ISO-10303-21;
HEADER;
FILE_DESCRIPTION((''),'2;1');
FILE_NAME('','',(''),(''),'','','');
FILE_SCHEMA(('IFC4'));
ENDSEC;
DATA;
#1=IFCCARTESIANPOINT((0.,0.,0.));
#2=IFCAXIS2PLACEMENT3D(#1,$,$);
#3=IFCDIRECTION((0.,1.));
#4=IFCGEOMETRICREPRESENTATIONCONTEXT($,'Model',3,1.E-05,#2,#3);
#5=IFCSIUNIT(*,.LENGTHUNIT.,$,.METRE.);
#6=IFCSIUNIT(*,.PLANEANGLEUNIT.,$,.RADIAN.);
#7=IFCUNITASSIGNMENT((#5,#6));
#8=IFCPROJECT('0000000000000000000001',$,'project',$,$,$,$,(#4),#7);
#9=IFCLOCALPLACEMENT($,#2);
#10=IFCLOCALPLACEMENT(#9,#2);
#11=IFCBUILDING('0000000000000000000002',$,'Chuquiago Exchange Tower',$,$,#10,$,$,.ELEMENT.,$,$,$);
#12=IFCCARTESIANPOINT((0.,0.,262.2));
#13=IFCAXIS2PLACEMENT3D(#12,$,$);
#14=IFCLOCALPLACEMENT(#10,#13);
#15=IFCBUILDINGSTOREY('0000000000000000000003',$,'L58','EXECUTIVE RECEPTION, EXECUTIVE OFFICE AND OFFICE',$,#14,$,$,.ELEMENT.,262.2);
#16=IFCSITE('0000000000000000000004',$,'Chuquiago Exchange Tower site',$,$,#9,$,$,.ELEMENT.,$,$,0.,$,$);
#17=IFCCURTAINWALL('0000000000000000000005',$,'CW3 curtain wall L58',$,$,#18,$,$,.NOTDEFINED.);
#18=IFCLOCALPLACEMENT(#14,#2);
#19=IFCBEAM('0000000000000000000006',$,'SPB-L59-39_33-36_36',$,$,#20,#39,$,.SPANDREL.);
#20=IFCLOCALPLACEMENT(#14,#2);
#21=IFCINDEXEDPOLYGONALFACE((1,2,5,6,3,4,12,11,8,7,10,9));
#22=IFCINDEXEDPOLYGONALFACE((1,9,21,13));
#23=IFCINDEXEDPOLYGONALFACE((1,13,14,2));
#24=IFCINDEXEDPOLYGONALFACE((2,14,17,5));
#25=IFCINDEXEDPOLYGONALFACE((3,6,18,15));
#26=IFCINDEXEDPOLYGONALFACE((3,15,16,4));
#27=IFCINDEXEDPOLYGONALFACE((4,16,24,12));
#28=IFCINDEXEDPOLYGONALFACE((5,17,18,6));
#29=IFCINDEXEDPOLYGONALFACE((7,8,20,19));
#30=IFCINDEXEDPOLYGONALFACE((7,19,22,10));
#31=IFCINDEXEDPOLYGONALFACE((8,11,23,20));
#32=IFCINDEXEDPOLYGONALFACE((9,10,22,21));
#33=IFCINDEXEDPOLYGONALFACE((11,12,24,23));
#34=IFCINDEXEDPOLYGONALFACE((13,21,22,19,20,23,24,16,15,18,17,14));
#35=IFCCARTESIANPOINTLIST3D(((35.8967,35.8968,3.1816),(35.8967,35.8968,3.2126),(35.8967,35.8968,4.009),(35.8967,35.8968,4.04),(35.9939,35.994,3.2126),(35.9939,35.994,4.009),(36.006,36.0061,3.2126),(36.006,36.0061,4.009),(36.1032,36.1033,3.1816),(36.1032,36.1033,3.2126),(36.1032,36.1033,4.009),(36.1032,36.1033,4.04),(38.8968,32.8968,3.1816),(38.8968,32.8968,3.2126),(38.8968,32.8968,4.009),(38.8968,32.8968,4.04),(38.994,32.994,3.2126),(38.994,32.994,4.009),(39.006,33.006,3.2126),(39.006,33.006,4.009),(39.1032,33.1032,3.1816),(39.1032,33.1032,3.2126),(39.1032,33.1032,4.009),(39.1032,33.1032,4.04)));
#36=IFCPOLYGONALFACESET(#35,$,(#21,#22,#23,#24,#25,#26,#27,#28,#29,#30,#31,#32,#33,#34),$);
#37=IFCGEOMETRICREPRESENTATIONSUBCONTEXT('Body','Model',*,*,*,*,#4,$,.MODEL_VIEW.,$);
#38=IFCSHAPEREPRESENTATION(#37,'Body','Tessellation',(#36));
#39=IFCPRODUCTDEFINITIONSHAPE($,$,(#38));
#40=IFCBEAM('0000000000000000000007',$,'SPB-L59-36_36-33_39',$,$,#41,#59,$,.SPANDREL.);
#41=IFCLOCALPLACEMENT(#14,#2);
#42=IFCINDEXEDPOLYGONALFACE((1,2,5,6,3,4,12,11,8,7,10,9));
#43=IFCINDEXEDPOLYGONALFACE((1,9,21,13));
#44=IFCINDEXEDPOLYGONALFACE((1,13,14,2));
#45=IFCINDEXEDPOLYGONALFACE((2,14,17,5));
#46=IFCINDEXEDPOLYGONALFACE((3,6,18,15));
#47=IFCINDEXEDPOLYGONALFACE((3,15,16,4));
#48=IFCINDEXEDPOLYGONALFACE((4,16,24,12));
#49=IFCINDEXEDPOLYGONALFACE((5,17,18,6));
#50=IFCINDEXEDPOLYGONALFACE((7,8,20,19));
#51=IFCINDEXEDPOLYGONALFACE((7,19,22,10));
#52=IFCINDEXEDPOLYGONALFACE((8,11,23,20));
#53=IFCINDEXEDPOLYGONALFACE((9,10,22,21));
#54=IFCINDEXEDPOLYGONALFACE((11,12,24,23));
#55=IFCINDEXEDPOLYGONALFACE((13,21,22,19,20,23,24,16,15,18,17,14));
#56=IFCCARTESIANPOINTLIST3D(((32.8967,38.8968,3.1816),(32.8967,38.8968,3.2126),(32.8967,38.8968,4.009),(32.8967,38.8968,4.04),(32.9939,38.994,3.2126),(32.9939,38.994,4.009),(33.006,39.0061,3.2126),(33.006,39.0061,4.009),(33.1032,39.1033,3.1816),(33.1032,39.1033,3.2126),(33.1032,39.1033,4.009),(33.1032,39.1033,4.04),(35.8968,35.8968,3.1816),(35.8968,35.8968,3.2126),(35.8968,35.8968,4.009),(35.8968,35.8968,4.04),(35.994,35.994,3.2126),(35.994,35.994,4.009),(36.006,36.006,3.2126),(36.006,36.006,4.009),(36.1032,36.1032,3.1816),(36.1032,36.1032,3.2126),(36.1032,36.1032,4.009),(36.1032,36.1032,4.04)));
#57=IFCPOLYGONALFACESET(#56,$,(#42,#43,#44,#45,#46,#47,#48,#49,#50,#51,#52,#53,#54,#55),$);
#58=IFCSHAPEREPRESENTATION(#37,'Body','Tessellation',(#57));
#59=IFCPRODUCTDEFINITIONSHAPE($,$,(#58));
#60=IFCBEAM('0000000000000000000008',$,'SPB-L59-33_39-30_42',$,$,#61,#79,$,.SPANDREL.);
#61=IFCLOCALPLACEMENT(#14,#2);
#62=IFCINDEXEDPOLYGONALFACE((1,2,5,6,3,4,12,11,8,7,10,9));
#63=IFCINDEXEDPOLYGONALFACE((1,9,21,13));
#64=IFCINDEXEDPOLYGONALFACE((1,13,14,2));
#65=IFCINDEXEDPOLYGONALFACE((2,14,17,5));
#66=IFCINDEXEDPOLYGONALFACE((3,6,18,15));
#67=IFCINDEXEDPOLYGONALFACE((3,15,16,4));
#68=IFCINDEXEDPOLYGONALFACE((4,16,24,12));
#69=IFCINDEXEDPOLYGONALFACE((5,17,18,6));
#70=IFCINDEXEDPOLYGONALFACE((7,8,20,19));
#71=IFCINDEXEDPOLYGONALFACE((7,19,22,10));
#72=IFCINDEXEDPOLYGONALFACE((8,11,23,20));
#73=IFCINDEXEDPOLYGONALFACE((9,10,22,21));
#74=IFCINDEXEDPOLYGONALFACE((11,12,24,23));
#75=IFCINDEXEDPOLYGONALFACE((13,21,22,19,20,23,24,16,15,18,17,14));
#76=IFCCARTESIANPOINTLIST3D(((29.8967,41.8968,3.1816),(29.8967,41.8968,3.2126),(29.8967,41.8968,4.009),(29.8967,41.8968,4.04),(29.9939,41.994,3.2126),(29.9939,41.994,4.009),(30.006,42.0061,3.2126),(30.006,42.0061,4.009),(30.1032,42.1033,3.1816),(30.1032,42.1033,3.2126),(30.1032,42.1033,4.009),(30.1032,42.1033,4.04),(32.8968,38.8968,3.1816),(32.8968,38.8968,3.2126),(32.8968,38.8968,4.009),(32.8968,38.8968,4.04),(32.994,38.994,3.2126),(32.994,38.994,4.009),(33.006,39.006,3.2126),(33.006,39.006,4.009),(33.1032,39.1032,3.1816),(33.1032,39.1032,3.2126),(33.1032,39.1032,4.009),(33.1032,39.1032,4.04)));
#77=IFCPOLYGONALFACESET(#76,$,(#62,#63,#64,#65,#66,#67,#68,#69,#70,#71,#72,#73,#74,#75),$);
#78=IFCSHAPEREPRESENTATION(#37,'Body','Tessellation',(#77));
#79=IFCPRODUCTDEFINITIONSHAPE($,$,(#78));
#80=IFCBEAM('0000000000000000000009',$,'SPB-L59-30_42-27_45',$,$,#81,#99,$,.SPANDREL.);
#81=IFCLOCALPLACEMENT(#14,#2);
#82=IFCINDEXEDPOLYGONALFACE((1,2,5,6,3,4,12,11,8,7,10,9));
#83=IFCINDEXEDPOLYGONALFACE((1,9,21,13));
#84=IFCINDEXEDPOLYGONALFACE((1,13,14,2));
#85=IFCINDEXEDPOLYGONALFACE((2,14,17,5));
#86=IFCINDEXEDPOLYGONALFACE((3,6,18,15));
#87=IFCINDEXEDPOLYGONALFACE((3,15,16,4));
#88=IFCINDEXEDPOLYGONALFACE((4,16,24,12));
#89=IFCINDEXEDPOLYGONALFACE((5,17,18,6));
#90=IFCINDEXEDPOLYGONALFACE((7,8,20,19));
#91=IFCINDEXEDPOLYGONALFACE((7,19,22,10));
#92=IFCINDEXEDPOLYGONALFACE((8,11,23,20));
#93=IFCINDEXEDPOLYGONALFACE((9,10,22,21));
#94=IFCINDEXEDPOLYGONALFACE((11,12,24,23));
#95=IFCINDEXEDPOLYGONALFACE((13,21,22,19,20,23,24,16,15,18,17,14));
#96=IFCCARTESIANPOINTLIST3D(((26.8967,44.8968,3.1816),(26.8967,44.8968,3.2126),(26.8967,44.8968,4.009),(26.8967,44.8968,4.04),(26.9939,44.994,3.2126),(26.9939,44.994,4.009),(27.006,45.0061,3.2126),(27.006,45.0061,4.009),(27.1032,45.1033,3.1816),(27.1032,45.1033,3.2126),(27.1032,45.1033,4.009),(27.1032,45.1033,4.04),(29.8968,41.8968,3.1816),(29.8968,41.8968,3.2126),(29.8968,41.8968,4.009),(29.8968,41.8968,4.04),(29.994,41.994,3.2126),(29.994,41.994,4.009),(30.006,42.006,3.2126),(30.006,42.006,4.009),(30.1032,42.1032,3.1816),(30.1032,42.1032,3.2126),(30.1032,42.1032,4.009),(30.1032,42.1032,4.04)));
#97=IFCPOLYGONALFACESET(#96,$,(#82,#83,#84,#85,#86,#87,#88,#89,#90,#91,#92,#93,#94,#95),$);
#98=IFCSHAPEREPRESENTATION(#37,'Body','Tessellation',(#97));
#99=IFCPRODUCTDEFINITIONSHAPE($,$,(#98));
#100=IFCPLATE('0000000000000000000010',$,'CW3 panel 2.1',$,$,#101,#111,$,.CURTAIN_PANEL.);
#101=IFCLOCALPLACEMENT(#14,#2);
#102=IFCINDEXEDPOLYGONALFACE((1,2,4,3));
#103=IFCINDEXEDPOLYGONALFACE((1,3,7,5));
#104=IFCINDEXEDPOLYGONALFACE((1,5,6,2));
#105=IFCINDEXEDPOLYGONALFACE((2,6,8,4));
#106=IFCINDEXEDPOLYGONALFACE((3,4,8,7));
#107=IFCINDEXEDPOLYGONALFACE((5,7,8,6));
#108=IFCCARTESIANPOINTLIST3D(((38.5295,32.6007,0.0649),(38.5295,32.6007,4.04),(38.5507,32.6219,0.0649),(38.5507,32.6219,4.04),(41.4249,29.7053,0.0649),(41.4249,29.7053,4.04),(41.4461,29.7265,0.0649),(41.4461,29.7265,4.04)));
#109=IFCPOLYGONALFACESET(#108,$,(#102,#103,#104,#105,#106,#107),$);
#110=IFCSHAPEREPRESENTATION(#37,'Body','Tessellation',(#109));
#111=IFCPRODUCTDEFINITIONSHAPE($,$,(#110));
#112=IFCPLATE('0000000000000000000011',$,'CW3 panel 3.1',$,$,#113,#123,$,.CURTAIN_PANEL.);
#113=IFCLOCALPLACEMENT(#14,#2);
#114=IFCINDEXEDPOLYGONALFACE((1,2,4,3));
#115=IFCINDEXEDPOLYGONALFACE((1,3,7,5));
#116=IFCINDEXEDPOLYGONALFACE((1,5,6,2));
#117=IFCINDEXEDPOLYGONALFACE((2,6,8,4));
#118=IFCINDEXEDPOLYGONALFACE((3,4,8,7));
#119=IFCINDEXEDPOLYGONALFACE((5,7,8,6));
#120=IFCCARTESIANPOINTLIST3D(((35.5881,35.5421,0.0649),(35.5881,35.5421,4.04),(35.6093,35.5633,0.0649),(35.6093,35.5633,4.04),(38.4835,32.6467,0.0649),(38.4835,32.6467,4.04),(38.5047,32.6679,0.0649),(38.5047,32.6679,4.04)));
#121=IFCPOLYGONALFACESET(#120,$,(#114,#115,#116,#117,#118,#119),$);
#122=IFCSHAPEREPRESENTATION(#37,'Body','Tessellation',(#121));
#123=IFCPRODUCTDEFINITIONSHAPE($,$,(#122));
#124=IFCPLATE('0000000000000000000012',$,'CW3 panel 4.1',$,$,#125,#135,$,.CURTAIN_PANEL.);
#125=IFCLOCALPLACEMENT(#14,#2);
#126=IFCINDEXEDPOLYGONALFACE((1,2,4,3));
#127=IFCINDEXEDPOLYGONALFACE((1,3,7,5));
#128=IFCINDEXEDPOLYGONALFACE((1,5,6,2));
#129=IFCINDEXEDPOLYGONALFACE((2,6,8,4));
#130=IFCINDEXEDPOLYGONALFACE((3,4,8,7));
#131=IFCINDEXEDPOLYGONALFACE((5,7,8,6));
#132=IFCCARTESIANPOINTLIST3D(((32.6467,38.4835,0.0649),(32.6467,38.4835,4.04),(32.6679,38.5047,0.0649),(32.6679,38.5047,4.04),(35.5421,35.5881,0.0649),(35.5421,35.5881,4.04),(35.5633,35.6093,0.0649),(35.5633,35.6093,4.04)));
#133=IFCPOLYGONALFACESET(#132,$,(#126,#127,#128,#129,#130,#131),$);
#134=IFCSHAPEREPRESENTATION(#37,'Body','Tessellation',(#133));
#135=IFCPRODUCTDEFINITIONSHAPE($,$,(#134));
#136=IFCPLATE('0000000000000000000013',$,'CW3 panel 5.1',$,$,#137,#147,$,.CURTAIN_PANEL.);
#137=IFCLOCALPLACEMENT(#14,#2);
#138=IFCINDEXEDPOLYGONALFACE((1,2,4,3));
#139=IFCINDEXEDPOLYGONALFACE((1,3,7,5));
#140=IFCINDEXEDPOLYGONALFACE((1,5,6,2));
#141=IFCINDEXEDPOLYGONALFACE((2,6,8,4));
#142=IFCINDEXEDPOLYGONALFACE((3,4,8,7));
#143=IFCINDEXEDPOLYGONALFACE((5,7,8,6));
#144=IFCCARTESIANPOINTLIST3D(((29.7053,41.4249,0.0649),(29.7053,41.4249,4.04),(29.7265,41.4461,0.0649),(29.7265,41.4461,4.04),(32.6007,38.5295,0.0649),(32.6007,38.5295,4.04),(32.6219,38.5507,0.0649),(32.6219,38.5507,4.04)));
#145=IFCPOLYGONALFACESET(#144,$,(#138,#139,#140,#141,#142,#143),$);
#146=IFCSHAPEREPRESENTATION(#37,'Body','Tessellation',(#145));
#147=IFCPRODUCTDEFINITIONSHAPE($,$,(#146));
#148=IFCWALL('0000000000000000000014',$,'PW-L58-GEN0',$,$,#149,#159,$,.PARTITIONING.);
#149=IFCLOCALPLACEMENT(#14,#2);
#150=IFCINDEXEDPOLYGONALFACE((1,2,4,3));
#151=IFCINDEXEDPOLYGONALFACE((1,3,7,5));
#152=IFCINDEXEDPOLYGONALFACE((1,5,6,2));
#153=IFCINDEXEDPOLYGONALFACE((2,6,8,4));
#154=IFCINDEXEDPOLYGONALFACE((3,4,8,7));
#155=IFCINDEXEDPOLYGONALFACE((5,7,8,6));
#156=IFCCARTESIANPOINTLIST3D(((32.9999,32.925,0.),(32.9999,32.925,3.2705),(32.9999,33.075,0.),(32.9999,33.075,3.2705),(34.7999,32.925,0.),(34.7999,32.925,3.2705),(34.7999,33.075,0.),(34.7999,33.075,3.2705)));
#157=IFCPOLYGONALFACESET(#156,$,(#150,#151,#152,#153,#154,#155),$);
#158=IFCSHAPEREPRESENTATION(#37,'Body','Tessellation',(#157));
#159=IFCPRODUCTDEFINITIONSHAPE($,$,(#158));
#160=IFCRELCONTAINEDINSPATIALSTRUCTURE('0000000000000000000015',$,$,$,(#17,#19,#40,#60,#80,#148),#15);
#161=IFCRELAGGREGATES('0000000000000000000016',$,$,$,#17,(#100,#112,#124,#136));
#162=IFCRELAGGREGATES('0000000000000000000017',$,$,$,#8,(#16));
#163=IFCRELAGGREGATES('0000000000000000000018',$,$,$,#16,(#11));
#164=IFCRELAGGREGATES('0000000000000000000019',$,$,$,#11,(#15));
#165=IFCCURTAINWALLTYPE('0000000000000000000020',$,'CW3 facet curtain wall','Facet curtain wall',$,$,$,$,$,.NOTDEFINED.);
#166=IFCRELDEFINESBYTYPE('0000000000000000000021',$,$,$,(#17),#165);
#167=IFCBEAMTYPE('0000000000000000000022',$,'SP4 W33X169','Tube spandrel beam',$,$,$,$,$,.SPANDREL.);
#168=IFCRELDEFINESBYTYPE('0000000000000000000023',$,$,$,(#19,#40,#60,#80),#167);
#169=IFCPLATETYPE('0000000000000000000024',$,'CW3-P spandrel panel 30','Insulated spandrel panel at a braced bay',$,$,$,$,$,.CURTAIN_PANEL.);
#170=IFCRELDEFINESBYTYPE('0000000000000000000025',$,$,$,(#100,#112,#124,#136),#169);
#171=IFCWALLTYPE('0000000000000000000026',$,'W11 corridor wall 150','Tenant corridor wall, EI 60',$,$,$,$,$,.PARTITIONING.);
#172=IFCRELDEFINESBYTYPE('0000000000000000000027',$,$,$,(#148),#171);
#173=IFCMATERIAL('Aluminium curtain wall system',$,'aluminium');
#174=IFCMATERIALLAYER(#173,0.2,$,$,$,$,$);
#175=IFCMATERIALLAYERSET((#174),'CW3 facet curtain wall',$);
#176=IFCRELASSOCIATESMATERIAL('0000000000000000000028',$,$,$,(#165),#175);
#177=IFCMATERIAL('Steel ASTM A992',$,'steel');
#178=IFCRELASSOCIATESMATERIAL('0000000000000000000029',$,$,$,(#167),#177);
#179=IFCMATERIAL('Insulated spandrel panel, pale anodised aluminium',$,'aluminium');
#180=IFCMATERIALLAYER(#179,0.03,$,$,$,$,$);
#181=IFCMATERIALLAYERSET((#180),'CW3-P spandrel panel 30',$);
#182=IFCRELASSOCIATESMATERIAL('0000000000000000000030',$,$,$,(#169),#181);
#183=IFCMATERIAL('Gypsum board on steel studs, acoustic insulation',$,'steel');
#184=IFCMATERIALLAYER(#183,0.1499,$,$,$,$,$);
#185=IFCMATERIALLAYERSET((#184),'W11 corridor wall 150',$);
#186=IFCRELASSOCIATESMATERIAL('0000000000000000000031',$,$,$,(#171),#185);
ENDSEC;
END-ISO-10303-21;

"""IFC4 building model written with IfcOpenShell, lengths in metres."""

from ifc_helpers import new_model, si_unit, direction, frame, frame_2d, origin, origin_2d, place, context, subcontext, project, spatial, rectangle, i_section, extrude, material, layer, layer_set, material_profile, profile_set, type_object, element, aggregate, save


model = new_model("IFC4")

# Units and contexts
model_context = context("Model", 3, precision=1e-05, world=origin(), true_north=direction((0.0, 1.0)))
body_context = subcontext(model_context, "Body", "Model", "MODEL_VIEW")
ifc_project = project(units=[si_unit("LENGTHUNIT", "METRE"), si_unit("PLANEANGLEUNIT", "RADIAN")], contexts=[model_context])

# Site, building, storey
site_placement = place(None, origin())
site = spatial("IfcSite", under=ifc_project, at=site_placement, Name="Chuquiago Exchange Tower site", CompositionType="ELEMENT", RefElevation=0.0)
building_placement = place(site_placement, origin())
building = spatial("IfcBuilding", under=site, at=building_placement, Name="Chuquiago Exchange Tower", CompositionType="ELEMENT")
storey_placement = place(building_placement, frame((0.0, 0.0, 262.2)))
storey = spatial("IfcBuildingStorey", under=building, at=storey_placement, Name="L58", Description="EXECUTIVE RECEPTION, EXECUTIVE OFFICE AND OFFICE", CompositionType="ELEMENT", Elevation=262.2)

# Curtain wall
ifc_material_1 = material(Name="Aluminium curtain wall system", Category="aluminium")
ifc_layer_1 = layer(ifc_material_1, 0.2)
ifc_layer_set_1 = layer_set([ifc_layer_1], Name="CW3 facet curtain wall")
curtain_wall_type = type_object("IfcCurtainWallType", Name="CW3 facet curtain wall", Description="Facet curtain wall", PredefinedType="NOTDEFINED", material=ifc_layer_set_1)
curtain_wall_placement = place(storey_placement, origin())
curtain_wall = element("IfcCurtainWall", 1, at=curtain_wall_placement, inside=storey, type_object=curtain_wall_type, Name="CW3 curtain wall L58", PredefinedType="NOTDEFINED")

# Beams
ifc_material_2 = material(Name="Steel ASTM A992", Category="steel")
ifc_material_profile_1 = material_profile(ifc_material_2, i_section(OverallWidth=0.292, OverallDepth=0.8584, WebThickness=0.0171, FlangeThickness=0.031, at=origin_2d()), Name="W33X169")
ifc_profile_set_1 = profile_set([ifc_material_profile_1], Name="Steel ASTM A992")
beam_type_1 = type_object("IfcBeamType", Name="SP4 W33X169", Description="Tube spandrel beam", PredefinedType="SPANDREL", material=ifc_profile_set_1)
for number, where, z_axis, x_axis, name in (
    (2, (39.0, 33.0, 3.6108), (-0.707107, 0.707107, 0.0), (-0.707107, -0.707107, 0.0), "SPB-L59-39_33-36_36"),
    (3, (36.0, 36.0, 3.6108), (-0.707107, 0.707107, 0.0), (-0.707107, -0.707107, 0.0), "SPB-L59-36_36-33_39"),
    (4, (33.0, 39.0, 3.6108), (-0.707107, 0.707107, 0.0), (-0.707107, -0.707107, 0.0), "SPB-L59-33_39-30_42"),
    (5, (30.0, 42.0, 3.6108), (-0.707107, 0.707107, 0.0), (-0.707107, -0.707107, 0.0), "SPB-L59-30_42-27_45"),
):
    element("IfcBeam", number, at=place(storey_placement, frame(where, z_axis=z_axis, x_axis=x_axis)), inside=storey, type_object=beam_type_1, Name=name, PredefinedType="SPANDREL", context=body_context, shape_type="SweptSolid", body=[
        extrude(i_section(OverallWidth=0.292, OverallDepth=0.8584, WebThickness=0.0171, FlangeThickness=0.031, at=origin_2d()), origin(), (0.0, 0.0, 1.0), 4.2427),
    ])

# Plates
ifc_material_3 = material(Name="Insulated spandrel panel, pale anodised aluminium", Category="aluminium")
ifc_layer_2 = layer(ifc_material_3, 0.03)
ifc_layer_set_2 = layer_set([ifc_layer_2], Name="CW3-P spandrel panel 30")
plate_type = type_object("IfcPlateType", Name="CW3-P spandrel panel 30", Description="Insulated spandrel panel at a braced bay", PredefinedType="CURTAIN_PANEL", material=ifc_layer_set_2)
plate_1_placement = place(storey_placement, frame((39.9878, 31.1636, 0.0649), z_axis=(0.0, 0.0, 1.0), x_axis=(-0.707107, 0.707107, 0.0)))
plate_1 = element("IfcPlate", 6, at=plate_1_placement, type_object=plate_type, Name="CW3 panel 2.1", PredefinedType="CURTAIN_PANEL", context=body_context, shape_type="SweptSolid", body=[
    extrude(rectangle(XDim=4.0947, YDim=0.03, at=origin_2d()), origin(), (0.0, 0.0, 1.0), 3.9751),
])
plate_2_placement = place(storey_placement, frame((37.0464, 34.105, 0.0649), z_axis=(0.0, 0.0, 1.0), x_axis=(-0.707107, 0.707107, 0.0)))
plate_2 = element("IfcPlate", 7, at=plate_2_placement, type_object=plate_type, Name="CW3 panel 3.1", PredefinedType="CURTAIN_PANEL", context=body_context, shape_type="SweptSolid", body=[
    extrude(rectangle(XDim=4.0947, YDim=0.03, at=origin_2d()), origin(), (0.0, 0.0, 1.0), 3.9751),
])
plate_3_placement = place(storey_placement, frame((34.105, 37.0464, 0.0649), z_axis=(0.0, 0.0, 1.0), x_axis=(-0.707107, 0.707107, 0.0)))
plate_3 = element("IfcPlate", 8, at=plate_3_placement, type_object=plate_type, Name="CW3 panel 4.1", PredefinedType="CURTAIN_PANEL", context=body_context, shape_type="SweptSolid", body=[
    extrude(rectangle(XDim=4.0947, YDim=0.03, at=origin_2d()), origin(), (0.0, 0.0, 1.0), 3.9751),
])
plate_4_placement = place(storey_placement, frame((31.1636, 39.9878, 0.0649), z_axis=(0.0, 0.0, 1.0), x_axis=(-0.707107, 0.707107, 0.0)))
plate_4 = element("IfcPlate", 9, at=plate_4_placement, type_object=plate_type, Name="CW3 panel 5.1", PredefinedType="CURTAIN_PANEL", context=body_context, shape_type="SweptSolid", body=[
    extrude(rectangle(XDim=4.0947, YDim=0.03, at=origin_2d()), origin(), (0.0, 0.0, 1.0), 3.9751),
])
aggregate(curtain_wall, [plate_1, plate_2, plate_3, plate_4])

# Wall
ifc_material_4 = material(Name="Gypsum board on steel studs, acoustic insulation", Category="steel")
ifc_layer_3 = layer(ifc_material_4, 0.1499)
ifc_layer_set_3 = layer_set([ifc_layer_3], Name="W11 corridor wall 150")
wall_type_1 = type_object("IfcWallType", Name="W11 corridor wall 150", Description="Tenant corridor wall, EI 60", PredefinedType="PARTITIONING", material=ifc_layer_set_3)
wall_1_placement = place(storey_placement, frame((33.0, 33.0, 0.0), z_axis=(0.0, 0.0, 1.0), x_axis=(1.0, 0.0, 0.0)))
element("IfcWall", 10, at=wall_1_placement, inside=storey, type_object=wall_type_1, Name="PW-L58-GEN0", PredefinedType="PARTITIONING", context=body_context, shape_type="SweptSolid", body=[
    extrude(rectangle(XDim=1.8, YDim=0.1499, at=frame_2d((0.8999, 0.0))), origin(), (0.0, 0.0, 1.0), 3.2705),
])

save(model, "model.ifc")
